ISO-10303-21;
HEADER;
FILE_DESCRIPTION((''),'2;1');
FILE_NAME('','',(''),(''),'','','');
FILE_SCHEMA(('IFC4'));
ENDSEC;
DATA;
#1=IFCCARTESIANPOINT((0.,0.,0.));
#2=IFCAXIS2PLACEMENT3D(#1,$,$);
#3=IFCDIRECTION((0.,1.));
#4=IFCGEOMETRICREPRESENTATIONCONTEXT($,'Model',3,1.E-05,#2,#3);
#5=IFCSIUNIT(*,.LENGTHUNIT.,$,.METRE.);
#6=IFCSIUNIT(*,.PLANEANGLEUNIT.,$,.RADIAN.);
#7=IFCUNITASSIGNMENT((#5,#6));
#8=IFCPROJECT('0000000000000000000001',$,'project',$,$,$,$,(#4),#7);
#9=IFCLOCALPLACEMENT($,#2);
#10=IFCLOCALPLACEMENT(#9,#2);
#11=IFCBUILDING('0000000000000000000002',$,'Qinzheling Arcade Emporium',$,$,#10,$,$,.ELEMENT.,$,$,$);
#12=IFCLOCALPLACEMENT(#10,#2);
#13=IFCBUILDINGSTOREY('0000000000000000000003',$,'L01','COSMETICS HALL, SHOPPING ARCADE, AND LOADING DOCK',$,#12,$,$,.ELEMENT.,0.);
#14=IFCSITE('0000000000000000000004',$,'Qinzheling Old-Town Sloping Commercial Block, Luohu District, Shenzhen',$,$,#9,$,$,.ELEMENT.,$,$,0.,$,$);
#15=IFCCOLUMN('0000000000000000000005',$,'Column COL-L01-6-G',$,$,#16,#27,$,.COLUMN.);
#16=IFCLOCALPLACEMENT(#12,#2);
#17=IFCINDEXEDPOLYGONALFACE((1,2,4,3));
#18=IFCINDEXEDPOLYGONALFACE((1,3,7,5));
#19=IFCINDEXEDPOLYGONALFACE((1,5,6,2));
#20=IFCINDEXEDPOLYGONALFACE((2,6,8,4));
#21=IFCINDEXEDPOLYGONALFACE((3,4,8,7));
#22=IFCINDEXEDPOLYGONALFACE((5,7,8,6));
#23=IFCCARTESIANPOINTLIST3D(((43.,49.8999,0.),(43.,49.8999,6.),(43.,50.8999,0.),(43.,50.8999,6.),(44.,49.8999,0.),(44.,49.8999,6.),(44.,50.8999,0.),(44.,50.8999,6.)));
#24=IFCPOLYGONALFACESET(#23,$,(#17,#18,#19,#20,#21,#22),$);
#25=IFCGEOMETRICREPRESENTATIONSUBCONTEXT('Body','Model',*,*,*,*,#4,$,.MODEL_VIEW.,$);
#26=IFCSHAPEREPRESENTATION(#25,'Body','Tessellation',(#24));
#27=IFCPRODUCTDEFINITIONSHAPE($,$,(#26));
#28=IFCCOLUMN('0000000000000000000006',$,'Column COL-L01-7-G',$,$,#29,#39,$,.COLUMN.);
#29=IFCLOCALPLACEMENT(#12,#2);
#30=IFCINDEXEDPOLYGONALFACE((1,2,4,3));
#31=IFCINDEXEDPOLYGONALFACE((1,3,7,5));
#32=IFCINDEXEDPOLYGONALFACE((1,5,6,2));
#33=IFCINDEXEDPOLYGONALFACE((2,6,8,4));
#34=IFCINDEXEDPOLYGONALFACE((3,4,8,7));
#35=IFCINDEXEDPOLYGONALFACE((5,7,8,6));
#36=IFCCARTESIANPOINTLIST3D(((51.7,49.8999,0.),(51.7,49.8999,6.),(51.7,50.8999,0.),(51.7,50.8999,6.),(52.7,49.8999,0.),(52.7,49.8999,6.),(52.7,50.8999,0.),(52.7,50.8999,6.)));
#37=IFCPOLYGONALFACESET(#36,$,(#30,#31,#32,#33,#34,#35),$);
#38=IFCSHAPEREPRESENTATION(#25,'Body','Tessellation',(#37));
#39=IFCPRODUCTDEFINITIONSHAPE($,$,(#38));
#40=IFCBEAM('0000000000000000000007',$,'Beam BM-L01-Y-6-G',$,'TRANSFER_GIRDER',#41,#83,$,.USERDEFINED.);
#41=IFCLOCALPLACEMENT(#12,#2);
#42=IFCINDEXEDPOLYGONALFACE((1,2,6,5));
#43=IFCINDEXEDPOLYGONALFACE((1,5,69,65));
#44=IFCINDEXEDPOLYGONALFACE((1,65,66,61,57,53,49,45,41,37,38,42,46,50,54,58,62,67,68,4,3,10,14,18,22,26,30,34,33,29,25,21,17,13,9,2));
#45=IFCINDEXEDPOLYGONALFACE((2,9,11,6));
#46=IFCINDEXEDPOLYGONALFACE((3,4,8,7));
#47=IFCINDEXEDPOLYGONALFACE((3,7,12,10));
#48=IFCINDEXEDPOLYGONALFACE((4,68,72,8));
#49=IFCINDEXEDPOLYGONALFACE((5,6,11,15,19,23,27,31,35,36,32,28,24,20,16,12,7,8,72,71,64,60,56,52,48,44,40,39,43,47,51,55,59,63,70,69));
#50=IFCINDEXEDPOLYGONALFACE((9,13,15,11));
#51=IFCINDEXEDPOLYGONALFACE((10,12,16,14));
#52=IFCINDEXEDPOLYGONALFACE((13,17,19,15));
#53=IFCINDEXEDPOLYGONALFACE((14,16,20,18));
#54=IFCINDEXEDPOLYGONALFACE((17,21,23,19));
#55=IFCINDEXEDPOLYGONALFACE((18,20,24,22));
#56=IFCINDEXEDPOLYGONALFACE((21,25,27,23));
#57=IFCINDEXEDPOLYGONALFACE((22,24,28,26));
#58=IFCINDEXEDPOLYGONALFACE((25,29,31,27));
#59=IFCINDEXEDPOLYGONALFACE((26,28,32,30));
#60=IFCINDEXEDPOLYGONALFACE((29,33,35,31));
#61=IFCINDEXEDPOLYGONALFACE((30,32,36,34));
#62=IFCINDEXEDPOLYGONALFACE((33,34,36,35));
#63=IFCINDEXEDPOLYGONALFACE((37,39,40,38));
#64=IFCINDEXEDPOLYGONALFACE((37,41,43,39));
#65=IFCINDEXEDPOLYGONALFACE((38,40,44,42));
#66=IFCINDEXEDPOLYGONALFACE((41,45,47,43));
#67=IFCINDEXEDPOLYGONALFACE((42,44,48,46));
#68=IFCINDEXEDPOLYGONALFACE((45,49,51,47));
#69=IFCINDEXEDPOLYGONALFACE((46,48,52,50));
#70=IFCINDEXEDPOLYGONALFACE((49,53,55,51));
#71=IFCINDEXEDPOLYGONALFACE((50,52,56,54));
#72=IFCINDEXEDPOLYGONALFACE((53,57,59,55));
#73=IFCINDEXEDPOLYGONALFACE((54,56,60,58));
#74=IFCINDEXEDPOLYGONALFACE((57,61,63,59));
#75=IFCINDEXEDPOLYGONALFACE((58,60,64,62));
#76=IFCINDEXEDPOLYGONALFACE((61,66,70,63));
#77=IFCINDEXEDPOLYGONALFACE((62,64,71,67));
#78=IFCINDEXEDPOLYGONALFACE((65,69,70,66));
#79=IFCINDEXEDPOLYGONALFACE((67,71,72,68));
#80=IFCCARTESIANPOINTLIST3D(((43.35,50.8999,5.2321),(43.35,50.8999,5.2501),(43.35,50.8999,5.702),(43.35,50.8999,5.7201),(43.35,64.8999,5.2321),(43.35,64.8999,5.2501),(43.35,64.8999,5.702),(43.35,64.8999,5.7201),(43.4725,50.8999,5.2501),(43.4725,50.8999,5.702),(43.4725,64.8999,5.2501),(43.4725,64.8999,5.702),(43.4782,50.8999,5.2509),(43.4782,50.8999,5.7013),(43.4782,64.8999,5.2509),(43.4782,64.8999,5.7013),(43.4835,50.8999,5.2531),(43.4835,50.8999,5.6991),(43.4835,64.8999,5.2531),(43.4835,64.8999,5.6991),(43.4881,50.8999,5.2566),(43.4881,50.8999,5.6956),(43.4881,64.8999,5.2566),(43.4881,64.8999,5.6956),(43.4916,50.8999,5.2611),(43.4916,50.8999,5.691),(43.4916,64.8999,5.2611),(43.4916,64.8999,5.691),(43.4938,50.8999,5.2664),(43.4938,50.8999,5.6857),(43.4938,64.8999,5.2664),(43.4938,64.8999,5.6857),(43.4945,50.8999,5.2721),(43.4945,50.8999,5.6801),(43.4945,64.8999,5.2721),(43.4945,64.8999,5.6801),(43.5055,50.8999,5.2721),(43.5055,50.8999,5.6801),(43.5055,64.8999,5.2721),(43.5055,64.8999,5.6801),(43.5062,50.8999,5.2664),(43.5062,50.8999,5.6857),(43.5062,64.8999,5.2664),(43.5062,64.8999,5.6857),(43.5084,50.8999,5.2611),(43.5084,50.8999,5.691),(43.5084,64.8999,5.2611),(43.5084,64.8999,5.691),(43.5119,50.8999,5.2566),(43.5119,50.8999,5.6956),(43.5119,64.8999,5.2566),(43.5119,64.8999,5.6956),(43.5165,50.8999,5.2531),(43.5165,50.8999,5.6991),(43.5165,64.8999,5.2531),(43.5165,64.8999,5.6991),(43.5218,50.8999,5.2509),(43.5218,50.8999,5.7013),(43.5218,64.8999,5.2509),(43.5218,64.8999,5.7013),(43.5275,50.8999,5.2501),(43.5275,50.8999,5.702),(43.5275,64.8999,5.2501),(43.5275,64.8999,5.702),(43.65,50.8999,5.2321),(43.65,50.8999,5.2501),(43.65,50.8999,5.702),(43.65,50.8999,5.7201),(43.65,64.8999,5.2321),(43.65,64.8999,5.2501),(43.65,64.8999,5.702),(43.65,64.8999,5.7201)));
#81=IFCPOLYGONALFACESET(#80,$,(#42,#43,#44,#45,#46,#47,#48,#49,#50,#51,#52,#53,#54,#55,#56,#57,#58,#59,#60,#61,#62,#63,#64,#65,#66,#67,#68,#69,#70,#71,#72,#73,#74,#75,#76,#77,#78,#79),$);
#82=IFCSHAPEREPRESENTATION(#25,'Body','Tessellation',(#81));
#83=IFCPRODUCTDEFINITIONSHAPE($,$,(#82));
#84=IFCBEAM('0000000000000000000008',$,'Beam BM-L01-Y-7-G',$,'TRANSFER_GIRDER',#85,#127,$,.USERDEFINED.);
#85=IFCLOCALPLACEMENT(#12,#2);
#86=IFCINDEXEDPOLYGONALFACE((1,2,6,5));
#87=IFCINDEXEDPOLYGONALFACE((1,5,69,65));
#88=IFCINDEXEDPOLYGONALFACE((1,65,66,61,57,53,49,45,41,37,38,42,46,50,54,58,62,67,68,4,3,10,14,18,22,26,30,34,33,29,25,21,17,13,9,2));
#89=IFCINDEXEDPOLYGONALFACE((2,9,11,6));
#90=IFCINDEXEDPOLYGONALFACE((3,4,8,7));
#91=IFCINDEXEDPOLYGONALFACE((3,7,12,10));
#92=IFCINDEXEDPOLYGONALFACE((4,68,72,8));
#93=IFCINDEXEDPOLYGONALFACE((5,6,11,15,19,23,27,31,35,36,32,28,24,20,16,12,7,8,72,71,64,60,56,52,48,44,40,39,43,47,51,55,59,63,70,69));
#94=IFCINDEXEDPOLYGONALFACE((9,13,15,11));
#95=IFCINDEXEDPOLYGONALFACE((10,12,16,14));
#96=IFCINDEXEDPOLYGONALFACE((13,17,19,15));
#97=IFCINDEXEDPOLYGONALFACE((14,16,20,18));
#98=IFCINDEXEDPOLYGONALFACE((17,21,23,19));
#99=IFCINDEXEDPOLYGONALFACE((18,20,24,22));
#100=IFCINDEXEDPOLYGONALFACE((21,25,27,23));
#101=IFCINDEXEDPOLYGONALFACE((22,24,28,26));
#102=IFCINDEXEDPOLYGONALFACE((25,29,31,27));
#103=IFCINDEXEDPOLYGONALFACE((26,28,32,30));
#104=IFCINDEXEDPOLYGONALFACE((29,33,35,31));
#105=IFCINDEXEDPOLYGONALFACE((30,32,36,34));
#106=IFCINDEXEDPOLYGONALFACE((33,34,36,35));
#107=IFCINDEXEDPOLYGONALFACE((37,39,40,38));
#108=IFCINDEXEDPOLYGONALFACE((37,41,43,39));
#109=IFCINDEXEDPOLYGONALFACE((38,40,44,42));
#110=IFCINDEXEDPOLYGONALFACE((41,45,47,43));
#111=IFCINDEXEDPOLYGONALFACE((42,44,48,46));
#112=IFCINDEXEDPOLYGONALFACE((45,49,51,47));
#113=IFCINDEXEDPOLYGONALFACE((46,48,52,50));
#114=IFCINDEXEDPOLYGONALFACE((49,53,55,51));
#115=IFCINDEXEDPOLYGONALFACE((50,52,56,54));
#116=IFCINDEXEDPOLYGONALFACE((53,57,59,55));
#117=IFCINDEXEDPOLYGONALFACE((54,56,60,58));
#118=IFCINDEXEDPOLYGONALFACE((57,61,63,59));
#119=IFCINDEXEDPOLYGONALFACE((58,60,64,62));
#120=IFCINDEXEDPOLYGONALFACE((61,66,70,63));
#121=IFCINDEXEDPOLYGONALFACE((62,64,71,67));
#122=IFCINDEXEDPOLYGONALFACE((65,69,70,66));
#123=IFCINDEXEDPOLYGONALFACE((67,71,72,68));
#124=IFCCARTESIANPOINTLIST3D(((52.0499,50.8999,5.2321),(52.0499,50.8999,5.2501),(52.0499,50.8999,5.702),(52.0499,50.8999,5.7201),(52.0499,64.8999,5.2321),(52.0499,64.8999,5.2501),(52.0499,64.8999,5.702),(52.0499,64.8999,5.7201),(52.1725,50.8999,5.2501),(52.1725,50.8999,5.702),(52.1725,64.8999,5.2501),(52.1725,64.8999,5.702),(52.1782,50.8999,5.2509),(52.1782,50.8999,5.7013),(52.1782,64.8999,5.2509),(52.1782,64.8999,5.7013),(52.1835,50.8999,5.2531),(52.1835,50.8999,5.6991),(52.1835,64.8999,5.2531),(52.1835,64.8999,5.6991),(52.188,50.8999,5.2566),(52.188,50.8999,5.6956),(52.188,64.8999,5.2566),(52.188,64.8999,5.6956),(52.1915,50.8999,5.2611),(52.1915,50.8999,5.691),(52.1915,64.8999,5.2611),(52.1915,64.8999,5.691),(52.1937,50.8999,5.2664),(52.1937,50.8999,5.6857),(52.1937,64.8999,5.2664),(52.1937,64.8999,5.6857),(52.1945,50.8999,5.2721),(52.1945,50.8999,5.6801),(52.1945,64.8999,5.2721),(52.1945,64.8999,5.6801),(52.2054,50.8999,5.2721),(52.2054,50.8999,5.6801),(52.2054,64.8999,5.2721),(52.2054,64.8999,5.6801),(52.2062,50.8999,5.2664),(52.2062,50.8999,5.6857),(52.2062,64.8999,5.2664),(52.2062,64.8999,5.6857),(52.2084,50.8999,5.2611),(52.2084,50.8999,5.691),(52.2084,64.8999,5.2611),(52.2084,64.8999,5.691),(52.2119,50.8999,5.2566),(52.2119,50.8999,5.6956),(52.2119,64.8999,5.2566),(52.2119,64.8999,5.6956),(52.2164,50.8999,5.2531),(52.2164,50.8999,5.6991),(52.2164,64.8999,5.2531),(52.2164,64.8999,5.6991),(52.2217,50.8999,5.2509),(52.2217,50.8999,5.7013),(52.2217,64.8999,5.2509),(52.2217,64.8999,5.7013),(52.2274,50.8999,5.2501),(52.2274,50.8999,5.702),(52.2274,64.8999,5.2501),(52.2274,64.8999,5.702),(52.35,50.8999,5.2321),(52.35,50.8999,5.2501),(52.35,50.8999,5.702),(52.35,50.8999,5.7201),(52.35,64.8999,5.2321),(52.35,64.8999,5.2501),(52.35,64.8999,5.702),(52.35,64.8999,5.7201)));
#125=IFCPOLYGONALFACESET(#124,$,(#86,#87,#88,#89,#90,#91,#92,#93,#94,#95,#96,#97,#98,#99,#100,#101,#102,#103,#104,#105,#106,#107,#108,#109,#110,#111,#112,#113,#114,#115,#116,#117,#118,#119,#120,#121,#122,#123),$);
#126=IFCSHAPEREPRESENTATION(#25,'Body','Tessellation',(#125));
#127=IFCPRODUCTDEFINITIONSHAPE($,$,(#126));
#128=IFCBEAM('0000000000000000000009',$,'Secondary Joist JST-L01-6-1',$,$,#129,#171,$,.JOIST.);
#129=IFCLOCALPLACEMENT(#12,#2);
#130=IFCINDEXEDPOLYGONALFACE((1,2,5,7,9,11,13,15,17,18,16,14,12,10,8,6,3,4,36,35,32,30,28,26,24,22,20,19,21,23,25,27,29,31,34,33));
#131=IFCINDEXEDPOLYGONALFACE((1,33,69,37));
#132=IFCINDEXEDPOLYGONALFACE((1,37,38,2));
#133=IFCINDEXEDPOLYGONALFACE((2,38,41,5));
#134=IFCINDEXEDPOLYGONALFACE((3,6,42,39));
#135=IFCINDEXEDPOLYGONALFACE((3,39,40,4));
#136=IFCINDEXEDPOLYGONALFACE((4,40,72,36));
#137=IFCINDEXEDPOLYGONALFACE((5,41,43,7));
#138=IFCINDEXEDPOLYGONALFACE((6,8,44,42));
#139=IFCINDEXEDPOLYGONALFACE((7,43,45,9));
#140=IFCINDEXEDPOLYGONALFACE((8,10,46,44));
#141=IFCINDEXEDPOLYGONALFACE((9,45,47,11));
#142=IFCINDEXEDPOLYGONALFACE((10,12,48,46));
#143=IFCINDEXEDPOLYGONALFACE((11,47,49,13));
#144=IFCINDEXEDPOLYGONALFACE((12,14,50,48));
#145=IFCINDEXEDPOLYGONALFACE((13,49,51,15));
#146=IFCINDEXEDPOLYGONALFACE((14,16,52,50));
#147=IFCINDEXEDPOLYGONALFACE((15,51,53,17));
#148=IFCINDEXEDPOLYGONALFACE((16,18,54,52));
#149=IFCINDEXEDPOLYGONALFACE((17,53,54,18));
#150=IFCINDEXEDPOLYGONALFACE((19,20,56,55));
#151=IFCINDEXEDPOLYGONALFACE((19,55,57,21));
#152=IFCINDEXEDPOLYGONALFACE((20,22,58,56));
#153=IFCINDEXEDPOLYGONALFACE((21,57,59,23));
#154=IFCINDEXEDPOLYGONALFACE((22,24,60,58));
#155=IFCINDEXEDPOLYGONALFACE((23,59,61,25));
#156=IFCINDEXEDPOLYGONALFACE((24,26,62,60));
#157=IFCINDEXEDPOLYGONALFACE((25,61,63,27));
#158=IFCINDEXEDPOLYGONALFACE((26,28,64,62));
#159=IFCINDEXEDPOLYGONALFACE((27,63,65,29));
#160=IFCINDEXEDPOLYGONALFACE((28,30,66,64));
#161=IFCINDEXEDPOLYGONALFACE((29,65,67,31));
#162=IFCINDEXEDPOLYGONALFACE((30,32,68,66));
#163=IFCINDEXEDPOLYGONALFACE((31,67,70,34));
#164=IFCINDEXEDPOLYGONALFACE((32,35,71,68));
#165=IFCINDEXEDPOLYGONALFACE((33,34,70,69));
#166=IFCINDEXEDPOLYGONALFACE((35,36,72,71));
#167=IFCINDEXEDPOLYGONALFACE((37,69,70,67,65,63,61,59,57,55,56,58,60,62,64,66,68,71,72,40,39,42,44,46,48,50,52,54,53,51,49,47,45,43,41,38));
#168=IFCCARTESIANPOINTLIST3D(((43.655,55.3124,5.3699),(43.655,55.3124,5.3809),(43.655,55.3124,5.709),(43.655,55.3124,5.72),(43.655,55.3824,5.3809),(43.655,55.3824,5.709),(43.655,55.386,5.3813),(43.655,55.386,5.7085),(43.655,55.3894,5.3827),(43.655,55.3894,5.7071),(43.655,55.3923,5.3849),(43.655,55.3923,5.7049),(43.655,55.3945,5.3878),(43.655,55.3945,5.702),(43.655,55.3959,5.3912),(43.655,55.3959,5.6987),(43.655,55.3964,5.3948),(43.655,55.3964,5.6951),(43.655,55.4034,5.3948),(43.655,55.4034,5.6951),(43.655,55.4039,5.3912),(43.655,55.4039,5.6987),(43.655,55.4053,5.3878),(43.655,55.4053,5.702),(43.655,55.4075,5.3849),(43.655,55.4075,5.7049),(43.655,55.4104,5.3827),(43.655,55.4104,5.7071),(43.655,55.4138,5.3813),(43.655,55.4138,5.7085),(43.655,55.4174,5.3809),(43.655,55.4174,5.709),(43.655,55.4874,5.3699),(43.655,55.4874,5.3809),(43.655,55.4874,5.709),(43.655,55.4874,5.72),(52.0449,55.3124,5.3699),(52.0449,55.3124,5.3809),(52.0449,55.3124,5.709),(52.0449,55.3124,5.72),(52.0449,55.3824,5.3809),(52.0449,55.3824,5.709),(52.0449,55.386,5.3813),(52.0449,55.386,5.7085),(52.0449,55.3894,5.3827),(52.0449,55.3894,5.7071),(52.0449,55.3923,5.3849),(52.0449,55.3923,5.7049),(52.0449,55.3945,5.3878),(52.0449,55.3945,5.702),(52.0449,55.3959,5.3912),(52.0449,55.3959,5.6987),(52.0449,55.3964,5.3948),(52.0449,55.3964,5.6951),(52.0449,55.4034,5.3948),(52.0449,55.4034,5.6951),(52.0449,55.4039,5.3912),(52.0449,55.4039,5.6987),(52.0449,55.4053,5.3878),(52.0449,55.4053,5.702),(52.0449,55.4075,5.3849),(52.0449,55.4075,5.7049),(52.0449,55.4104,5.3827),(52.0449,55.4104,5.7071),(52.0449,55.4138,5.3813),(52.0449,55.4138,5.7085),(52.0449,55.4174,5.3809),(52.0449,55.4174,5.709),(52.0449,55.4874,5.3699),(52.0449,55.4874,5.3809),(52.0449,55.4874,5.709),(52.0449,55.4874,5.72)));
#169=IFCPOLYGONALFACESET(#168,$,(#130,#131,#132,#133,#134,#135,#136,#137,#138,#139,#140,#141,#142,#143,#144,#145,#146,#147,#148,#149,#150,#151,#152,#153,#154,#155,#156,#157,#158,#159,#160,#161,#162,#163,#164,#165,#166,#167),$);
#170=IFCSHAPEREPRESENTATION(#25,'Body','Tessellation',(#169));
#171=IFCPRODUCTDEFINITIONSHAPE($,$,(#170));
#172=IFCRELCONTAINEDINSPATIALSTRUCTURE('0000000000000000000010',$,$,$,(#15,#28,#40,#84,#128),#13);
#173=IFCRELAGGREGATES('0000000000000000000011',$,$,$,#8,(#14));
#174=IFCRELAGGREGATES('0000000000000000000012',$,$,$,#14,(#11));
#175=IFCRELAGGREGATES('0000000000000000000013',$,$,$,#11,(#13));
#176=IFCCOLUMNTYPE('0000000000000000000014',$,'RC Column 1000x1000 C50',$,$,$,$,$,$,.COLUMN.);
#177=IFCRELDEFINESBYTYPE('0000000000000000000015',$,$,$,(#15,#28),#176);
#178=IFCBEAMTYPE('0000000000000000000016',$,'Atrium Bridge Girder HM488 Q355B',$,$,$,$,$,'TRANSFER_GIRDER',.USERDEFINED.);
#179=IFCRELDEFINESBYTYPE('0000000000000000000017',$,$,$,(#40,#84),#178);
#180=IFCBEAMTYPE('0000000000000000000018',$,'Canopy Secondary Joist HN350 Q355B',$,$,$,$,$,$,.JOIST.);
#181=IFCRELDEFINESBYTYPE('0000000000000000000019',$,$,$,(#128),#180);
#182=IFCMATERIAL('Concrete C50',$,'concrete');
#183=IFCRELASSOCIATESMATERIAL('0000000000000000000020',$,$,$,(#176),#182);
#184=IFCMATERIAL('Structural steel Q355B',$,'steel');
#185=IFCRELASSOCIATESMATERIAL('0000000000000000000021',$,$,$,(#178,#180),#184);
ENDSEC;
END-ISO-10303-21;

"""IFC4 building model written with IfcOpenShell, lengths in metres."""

from ifc_helpers import new_model, si_unit, direction, frame, origin, origin_2d, place, context, subcontext, project, spatial, rectangle, i_section, extrude, material, material_profile, profile_set, type_object, element, save


model = new_model("IFC4")

# Units and contexts
model_context = context("Model", 3, precision=1e-05, world=origin(), true_north=direction((0.0, 1.0)))
body_context = subcontext(model_context, "Body", "Model", "MODEL_VIEW")
ifc_project = project(units=[si_unit("LENGTHUNIT", "METRE"), si_unit("PLANEANGLEUNIT", "RADIAN")], contexts=[model_context])

# Site, building, storey
site_placement = place(None, origin())
site = spatial("IfcSite", under=ifc_project, at=site_placement, Name="Qinzheling Old-Town Sloping Commercial Block, Luohu District, Shenzhen", CompositionType="ELEMENT", RefElevation=0.0)
building_placement = place(site_placement, origin())
building = spatial("IfcBuilding", under=site, at=building_placement, Name="Qinzheling Arcade Emporium", CompositionType="ELEMENT")
storey_placement = place(building_placement, origin())
storey = spatial("IfcBuildingStorey", under=building, at=storey_placement, Name="L01", Description="COSMETICS HALL, SHOPPING ARCADE, AND LOADING DOCK", CompositionType="ELEMENT", Elevation=0.0)

# Columns
ifc_material_1 = material(Name="Concrete C50", Category="concrete")
ifc_material_profile_1 = material_profile(ifc_material_1, rectangle(XDim=1.0, YDim=1.0, at=origin_2d()), Name="RC 1000x1000", Category="concrete")
ifc_profile_set_1 = profile_set([ifc_material_profile_1], Name="Concrete C50")
column_type = type_object("IfcColumnType", Name="RC Column 1000x1000 C50", PredefinedType="COLUMN", material=ifc_profile_set_1)
for number, where, z_axis, x_axis, name in (
    (1, (43.5, 50.3999, 0.0), (0.0, 0.0, 1.0), (1.0, 0.0, 0.0), "Column COL-L01-6-G"),
    (2, (52.2, 50.3999, 0.0), (0.0, 0.0, 1.0), (1.0, 0.0, 0.0), "Column COL-L01-7-G"),
):
    element("IfcColumn", number, at=place(storey_placement, frame(where, z_axis=z_axis, x_axis=x_axis)), inside=storey, type_object=column_type, Name=name, PredefinedType="COLUMN", context=body_context, shape_type="SweptSolid", body=[
        extrude(rectangle(XDim=1.0, YDim=1.0, at=origin_2d()), origin(), (0.0, 0.0, 1.0), 6.0),
    ])

# Beams
ifc_material_2 = material(Name="Structural steel Q355B", Category="steel")
ifc_material_profile_2 = material_profile(ifc_material_2, i_section(OverallWidth=0.3, OverallDepth=0.488, WebThickness=0.011, FlangeThickness=0.0181, FilletRadius=0.022, at=origin_2d()), Name="HM 488x300x11x18", Category="steel")
ifc_profile_set_2 = profile_set([ifc_material_profile_2], Name="Structural steel Q355B")
beam_type_1 = type_object("IfcBeamType", Name="Atrium Bridge Girder HM488 Q355B", ElementType="TRANSFER_GIRDER", PredefinedType="USERDEFINED", material=ifc_profile_set_2)
for number, where, z_axis, x_axis, name in (
    (3, (43.5, 50.8999, 5.4761), (0.0, 1.0, 0.0), (-1.0, 0.0, 0.0), "Beam BM-L01-Y-6-G"),
    (4, (52.2, 50.8999, 5.4761), (0.0, 1.0, 0.0), (-1.0, 0.0, 0.0), "Beam BM-L01-Y-7-G"),
):
    element("IfcBeam", number, at=place(storey_placement, frame(where, z_axis=z_axis, x_axis=x_axis)), inside=storey, type_object=beam_type_1, Name=name, ObjectType="TRANSFER_GIRDER", PredefinedType="USERDEFINED", context=body_context, shape_type="SweptSolid", body=[
        extrude(i_section(OverallWidth=0.3, OverallDepth=0.488, WebThickness=0.011, FlangeThickness=0.0181, FilletRadius=0.022, at=origin_2d()), origin(), (0.0, 0.0, 1.0), 14.0),
    ])
ifc_material_profile_3 = material_profile(ifc_material_2, i_section(OverallWidth=0.175, OverallDepth=0.3501, WebThickness=0.0071, FlangeThickness=0.011, FilletRadius=0.0139, at=origin_2d()), Name="HN 350x175x7x11", Category="steel")
ifc_profile_set_3 = profile_set([ifc_material_profile_3], Name="Structural steel Q355B")
beam_type_2 = type_object("IfcBeamType", Name="Canopy Secondary Joist HN350 Q355B", PredefinedType="JOIST", material=ifc_profile_set_3)
beam_1_placement = place(storey_placement, frame((43.655, 55.3999, 5.5449), z_axis=(1.0, 0.0, 0.0), x_axis=(0.0, 1.0, 0.0)))
element("IfcBeam", 5, at=beam_1_placement, inside=storey, type_object=beam_type_2, Name="Secondary Joist JST-L01-6-1", PredefinedType="JOIST", context=body_context, shape_type="SweptSolid", body=[
    extrude(i_section(OverallWidth=0.175, OverallDepth=0.3501, WebThickness=0.0071, FlangeThickness=0.011, FilletRadius=0.0139, at=origin_2d()), origin(), (0.0, 0.0, 1.0), 8.3899),
])

save(model, "model.ifc")
